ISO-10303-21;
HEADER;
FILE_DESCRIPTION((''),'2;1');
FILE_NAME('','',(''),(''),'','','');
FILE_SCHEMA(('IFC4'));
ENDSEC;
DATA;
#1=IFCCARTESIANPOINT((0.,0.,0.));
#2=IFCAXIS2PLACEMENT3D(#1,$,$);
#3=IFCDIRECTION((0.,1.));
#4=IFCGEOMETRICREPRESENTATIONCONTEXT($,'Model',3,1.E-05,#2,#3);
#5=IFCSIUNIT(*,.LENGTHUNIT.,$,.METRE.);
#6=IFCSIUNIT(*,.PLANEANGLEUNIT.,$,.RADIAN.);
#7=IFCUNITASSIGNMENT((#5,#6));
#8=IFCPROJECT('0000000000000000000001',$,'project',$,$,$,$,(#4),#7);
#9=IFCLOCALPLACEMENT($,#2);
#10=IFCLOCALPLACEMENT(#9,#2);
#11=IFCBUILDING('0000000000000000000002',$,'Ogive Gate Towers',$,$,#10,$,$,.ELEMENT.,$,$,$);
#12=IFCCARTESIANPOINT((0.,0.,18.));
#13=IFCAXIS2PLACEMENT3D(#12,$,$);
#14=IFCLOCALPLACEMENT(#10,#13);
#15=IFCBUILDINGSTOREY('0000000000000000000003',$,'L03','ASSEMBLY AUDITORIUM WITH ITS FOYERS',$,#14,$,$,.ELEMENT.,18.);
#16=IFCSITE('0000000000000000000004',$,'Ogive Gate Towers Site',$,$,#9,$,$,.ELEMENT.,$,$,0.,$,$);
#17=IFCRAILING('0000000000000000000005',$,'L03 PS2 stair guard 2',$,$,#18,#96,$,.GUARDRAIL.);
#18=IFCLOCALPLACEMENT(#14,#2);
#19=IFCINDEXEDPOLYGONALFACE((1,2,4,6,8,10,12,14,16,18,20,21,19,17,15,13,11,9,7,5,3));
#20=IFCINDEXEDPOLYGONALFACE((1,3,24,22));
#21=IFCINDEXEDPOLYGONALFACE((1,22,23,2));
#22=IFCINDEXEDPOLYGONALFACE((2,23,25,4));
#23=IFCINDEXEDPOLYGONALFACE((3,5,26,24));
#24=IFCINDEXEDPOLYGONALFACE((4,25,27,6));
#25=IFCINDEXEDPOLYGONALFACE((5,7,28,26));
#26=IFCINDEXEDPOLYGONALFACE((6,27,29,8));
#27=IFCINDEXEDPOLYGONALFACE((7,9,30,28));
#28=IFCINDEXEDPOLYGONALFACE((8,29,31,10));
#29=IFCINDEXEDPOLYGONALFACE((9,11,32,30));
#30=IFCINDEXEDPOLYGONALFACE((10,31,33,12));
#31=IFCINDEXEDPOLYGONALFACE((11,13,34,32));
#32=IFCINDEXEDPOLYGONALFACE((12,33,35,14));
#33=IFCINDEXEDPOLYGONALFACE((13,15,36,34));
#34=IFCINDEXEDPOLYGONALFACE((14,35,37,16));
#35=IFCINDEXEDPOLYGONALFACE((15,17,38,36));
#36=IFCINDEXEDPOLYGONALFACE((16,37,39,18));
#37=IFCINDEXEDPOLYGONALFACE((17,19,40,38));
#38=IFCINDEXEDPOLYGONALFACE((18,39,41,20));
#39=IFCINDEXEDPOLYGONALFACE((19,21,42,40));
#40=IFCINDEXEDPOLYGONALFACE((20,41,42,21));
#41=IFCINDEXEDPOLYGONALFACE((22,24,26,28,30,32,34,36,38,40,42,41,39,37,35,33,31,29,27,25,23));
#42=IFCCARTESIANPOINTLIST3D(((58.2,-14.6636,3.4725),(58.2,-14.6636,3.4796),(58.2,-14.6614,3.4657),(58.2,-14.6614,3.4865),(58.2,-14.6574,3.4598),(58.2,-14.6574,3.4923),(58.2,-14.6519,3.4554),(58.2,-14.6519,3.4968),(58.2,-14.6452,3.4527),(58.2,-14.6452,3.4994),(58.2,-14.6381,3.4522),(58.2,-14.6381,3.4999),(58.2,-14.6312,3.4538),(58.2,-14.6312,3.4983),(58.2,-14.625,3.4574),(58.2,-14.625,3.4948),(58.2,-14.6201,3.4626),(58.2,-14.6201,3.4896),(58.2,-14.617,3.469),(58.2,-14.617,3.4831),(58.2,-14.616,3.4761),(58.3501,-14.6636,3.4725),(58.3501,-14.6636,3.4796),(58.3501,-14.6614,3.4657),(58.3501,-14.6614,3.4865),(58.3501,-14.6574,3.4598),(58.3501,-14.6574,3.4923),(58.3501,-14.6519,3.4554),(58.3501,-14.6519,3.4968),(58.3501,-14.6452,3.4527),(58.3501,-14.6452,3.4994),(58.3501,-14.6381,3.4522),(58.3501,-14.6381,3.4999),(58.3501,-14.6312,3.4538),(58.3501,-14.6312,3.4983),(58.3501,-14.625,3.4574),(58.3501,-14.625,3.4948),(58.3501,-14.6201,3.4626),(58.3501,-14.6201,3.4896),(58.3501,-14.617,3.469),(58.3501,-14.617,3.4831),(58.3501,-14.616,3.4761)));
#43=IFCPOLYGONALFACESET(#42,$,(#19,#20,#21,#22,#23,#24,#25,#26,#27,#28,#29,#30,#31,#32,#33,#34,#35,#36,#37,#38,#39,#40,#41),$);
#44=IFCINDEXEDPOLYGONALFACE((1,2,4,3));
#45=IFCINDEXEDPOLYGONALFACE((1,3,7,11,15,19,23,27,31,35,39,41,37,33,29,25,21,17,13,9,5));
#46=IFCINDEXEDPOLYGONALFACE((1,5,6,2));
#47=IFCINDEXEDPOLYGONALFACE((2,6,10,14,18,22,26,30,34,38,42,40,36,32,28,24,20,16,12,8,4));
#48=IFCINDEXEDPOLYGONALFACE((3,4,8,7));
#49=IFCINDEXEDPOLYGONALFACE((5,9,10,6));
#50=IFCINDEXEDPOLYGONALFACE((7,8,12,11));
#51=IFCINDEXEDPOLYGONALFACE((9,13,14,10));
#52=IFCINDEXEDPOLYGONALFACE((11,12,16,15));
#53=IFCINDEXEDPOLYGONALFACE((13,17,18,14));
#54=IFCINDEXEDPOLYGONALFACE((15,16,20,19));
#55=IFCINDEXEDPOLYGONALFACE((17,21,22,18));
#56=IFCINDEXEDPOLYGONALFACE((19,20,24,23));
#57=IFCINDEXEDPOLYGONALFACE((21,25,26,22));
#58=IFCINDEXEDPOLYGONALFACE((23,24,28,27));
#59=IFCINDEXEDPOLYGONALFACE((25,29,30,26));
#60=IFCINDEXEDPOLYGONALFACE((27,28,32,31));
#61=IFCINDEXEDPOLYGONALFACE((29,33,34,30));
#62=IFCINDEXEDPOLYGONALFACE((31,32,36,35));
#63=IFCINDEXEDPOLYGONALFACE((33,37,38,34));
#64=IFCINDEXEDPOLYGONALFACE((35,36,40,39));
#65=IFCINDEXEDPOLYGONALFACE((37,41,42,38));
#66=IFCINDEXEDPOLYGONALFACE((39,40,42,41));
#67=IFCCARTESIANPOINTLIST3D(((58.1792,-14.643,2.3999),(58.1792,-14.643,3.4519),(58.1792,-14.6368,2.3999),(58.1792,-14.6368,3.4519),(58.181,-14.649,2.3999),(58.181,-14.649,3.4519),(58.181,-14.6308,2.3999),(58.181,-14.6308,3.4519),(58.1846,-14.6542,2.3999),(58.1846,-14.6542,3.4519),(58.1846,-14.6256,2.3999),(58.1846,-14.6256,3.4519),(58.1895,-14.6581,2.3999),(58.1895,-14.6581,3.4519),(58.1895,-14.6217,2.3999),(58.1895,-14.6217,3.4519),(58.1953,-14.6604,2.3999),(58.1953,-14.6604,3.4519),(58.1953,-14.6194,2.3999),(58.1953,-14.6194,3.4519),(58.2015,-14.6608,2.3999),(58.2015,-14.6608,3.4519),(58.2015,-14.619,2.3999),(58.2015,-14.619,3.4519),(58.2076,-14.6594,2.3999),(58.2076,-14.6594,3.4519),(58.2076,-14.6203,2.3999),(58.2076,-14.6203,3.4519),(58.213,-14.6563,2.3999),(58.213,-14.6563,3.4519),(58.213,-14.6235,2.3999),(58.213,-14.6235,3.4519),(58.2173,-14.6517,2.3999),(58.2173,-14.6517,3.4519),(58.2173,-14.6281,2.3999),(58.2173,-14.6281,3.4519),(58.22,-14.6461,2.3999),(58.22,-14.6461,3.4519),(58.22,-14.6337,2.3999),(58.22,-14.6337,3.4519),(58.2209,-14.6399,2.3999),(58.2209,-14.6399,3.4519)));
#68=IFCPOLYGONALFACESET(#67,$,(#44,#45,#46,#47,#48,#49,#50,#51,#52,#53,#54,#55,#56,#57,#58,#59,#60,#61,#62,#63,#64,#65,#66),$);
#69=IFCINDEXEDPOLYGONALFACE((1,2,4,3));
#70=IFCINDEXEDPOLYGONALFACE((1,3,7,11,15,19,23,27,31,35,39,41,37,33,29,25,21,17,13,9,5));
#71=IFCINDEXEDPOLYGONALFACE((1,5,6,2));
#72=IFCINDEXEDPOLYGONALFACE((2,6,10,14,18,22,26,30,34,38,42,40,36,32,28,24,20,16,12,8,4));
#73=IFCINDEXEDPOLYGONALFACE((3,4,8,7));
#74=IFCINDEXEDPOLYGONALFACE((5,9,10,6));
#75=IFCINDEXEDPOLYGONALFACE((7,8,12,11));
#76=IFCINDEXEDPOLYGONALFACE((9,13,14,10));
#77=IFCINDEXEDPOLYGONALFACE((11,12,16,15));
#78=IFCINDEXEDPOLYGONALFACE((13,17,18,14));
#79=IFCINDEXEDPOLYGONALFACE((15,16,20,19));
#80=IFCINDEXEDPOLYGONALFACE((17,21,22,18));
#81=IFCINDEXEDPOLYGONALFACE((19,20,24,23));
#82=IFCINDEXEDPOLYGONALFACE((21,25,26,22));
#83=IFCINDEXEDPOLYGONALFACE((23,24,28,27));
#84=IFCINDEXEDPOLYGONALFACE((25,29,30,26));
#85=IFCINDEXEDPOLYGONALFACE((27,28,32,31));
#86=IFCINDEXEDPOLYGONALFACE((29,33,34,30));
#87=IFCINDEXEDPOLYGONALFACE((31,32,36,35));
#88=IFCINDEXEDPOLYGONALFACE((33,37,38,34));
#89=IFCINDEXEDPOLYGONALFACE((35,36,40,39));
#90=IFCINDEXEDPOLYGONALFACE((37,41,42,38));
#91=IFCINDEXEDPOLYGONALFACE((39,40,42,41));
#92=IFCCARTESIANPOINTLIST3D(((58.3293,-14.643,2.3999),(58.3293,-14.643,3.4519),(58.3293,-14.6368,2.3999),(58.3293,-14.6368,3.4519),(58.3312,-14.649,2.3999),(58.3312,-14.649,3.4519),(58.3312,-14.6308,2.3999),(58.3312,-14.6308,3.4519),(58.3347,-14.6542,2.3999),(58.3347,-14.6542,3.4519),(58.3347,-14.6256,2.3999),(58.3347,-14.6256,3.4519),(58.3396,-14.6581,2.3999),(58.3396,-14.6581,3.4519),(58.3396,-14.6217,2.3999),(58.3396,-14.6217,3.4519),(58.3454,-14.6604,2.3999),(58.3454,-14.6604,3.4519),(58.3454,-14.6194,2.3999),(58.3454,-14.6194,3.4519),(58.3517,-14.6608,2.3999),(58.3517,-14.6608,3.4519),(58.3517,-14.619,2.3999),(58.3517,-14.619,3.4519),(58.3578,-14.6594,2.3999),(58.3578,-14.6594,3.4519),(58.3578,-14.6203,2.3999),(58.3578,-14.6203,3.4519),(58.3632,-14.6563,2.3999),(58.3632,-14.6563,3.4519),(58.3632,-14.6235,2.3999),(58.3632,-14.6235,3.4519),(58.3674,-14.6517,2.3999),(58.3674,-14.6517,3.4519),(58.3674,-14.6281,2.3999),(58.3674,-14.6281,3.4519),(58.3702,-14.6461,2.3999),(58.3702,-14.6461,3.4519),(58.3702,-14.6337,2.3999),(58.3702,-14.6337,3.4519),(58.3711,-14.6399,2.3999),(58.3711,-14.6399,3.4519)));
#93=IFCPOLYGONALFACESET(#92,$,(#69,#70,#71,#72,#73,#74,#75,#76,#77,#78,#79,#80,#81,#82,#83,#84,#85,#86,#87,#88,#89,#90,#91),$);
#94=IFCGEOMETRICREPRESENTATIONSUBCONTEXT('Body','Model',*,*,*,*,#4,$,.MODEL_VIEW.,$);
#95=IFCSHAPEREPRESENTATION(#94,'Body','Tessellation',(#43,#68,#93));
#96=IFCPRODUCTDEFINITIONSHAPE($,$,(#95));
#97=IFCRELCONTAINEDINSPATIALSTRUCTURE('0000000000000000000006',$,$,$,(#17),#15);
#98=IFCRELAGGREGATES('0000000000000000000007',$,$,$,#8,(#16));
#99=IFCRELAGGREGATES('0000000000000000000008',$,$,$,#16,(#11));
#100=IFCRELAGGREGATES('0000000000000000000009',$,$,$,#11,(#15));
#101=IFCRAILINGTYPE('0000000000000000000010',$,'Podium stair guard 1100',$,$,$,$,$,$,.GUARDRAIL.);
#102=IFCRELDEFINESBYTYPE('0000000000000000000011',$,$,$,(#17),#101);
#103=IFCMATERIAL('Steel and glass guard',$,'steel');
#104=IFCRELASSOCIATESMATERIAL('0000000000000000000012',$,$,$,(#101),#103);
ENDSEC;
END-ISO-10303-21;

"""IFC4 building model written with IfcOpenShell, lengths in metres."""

from ifc_helpers import new_model, si_unit, direction, frame, origin, origin_2d, place, context, subcontext, project, spatial, circle, extrude, material, type_object, element, save


model = new_model("IFC4")

# Units and contexts
model_context = context("Model", 3, precision=1e-05, world=origin(), true_north=direction((0.0, 1.0)))
body_context = subcontext(model_context, "Body", "Model", "MODEL_VIEW")
ifc_project = project(units=[si_unit("LENGTHUNIT", "METRE"), si_unit("PLANEANGLEUNIT", "RADIAN")], contexts=[model_context])

# Site, building, storey
site_placement = place(None, origin())
site = spatial("IfcSite", under=ifc_project, at=site_placement, Name="Ogive Gate Towers Site", CompositionType="ELEMENT", RefElevation=0.0)
building_placement = place(site_placement, origin())
building = spatial("IfcBuilding", under=site, at=building_placement, Name="Ogive Gate Towers", CompositionType="ELEMENT")
storey_placement = place(building_placement, frame((0.0, 0.0, 18.0)))
storey = spatial("IfcBuildingStorey", under=building, at=storey_placement, Name="L03", Description="ASSEMBLY AUDITORIUM WITH ITS FOYERS", CompositionType="ELEMENT", Elevation=18.0)

# Railing
ifc_material_1 = material(Name="Steel and glass guard", Category="steel")
railing_type_1 = type_object("IfcRailingType", Name="Podium stair guard 1100", PredefinedType="GUARDRAIL", material=ifc_material_1)
railing_1_placement = place(storey_placement, frame((58.2, -14.6399, 2.3999)))
element("IfcRailing", 1, at=railing_1_placement, inside=storey, type_object=railing_type_1, Name="L03 PS2 stair guard 2", PredefinedType="GUARDRAIL", context=body_context, shape_type="SweptSolid", body=[
    extrude(circle(Radius=0.0239, at=origin_2d()), frame((0.0, 0.0, 1.0762), z_axis=(1.0, 0.0, 0.0), x_axis=(0.0, 1.0, 0.0)), (0.0, 0.0, 1.0), 0.1501),
    extrude(circle(Radius=0.021, at=origin_2d()), origin(), (0.0, 0.0, 1.0), 1.052),
    extrude(circle(Radius=0.021, at=origin_2d()), frame((0.1501, 0.0, 0.0)), (0.0, 0.0, 1.0), 1.052),
])

save(model, "model.ifc")
